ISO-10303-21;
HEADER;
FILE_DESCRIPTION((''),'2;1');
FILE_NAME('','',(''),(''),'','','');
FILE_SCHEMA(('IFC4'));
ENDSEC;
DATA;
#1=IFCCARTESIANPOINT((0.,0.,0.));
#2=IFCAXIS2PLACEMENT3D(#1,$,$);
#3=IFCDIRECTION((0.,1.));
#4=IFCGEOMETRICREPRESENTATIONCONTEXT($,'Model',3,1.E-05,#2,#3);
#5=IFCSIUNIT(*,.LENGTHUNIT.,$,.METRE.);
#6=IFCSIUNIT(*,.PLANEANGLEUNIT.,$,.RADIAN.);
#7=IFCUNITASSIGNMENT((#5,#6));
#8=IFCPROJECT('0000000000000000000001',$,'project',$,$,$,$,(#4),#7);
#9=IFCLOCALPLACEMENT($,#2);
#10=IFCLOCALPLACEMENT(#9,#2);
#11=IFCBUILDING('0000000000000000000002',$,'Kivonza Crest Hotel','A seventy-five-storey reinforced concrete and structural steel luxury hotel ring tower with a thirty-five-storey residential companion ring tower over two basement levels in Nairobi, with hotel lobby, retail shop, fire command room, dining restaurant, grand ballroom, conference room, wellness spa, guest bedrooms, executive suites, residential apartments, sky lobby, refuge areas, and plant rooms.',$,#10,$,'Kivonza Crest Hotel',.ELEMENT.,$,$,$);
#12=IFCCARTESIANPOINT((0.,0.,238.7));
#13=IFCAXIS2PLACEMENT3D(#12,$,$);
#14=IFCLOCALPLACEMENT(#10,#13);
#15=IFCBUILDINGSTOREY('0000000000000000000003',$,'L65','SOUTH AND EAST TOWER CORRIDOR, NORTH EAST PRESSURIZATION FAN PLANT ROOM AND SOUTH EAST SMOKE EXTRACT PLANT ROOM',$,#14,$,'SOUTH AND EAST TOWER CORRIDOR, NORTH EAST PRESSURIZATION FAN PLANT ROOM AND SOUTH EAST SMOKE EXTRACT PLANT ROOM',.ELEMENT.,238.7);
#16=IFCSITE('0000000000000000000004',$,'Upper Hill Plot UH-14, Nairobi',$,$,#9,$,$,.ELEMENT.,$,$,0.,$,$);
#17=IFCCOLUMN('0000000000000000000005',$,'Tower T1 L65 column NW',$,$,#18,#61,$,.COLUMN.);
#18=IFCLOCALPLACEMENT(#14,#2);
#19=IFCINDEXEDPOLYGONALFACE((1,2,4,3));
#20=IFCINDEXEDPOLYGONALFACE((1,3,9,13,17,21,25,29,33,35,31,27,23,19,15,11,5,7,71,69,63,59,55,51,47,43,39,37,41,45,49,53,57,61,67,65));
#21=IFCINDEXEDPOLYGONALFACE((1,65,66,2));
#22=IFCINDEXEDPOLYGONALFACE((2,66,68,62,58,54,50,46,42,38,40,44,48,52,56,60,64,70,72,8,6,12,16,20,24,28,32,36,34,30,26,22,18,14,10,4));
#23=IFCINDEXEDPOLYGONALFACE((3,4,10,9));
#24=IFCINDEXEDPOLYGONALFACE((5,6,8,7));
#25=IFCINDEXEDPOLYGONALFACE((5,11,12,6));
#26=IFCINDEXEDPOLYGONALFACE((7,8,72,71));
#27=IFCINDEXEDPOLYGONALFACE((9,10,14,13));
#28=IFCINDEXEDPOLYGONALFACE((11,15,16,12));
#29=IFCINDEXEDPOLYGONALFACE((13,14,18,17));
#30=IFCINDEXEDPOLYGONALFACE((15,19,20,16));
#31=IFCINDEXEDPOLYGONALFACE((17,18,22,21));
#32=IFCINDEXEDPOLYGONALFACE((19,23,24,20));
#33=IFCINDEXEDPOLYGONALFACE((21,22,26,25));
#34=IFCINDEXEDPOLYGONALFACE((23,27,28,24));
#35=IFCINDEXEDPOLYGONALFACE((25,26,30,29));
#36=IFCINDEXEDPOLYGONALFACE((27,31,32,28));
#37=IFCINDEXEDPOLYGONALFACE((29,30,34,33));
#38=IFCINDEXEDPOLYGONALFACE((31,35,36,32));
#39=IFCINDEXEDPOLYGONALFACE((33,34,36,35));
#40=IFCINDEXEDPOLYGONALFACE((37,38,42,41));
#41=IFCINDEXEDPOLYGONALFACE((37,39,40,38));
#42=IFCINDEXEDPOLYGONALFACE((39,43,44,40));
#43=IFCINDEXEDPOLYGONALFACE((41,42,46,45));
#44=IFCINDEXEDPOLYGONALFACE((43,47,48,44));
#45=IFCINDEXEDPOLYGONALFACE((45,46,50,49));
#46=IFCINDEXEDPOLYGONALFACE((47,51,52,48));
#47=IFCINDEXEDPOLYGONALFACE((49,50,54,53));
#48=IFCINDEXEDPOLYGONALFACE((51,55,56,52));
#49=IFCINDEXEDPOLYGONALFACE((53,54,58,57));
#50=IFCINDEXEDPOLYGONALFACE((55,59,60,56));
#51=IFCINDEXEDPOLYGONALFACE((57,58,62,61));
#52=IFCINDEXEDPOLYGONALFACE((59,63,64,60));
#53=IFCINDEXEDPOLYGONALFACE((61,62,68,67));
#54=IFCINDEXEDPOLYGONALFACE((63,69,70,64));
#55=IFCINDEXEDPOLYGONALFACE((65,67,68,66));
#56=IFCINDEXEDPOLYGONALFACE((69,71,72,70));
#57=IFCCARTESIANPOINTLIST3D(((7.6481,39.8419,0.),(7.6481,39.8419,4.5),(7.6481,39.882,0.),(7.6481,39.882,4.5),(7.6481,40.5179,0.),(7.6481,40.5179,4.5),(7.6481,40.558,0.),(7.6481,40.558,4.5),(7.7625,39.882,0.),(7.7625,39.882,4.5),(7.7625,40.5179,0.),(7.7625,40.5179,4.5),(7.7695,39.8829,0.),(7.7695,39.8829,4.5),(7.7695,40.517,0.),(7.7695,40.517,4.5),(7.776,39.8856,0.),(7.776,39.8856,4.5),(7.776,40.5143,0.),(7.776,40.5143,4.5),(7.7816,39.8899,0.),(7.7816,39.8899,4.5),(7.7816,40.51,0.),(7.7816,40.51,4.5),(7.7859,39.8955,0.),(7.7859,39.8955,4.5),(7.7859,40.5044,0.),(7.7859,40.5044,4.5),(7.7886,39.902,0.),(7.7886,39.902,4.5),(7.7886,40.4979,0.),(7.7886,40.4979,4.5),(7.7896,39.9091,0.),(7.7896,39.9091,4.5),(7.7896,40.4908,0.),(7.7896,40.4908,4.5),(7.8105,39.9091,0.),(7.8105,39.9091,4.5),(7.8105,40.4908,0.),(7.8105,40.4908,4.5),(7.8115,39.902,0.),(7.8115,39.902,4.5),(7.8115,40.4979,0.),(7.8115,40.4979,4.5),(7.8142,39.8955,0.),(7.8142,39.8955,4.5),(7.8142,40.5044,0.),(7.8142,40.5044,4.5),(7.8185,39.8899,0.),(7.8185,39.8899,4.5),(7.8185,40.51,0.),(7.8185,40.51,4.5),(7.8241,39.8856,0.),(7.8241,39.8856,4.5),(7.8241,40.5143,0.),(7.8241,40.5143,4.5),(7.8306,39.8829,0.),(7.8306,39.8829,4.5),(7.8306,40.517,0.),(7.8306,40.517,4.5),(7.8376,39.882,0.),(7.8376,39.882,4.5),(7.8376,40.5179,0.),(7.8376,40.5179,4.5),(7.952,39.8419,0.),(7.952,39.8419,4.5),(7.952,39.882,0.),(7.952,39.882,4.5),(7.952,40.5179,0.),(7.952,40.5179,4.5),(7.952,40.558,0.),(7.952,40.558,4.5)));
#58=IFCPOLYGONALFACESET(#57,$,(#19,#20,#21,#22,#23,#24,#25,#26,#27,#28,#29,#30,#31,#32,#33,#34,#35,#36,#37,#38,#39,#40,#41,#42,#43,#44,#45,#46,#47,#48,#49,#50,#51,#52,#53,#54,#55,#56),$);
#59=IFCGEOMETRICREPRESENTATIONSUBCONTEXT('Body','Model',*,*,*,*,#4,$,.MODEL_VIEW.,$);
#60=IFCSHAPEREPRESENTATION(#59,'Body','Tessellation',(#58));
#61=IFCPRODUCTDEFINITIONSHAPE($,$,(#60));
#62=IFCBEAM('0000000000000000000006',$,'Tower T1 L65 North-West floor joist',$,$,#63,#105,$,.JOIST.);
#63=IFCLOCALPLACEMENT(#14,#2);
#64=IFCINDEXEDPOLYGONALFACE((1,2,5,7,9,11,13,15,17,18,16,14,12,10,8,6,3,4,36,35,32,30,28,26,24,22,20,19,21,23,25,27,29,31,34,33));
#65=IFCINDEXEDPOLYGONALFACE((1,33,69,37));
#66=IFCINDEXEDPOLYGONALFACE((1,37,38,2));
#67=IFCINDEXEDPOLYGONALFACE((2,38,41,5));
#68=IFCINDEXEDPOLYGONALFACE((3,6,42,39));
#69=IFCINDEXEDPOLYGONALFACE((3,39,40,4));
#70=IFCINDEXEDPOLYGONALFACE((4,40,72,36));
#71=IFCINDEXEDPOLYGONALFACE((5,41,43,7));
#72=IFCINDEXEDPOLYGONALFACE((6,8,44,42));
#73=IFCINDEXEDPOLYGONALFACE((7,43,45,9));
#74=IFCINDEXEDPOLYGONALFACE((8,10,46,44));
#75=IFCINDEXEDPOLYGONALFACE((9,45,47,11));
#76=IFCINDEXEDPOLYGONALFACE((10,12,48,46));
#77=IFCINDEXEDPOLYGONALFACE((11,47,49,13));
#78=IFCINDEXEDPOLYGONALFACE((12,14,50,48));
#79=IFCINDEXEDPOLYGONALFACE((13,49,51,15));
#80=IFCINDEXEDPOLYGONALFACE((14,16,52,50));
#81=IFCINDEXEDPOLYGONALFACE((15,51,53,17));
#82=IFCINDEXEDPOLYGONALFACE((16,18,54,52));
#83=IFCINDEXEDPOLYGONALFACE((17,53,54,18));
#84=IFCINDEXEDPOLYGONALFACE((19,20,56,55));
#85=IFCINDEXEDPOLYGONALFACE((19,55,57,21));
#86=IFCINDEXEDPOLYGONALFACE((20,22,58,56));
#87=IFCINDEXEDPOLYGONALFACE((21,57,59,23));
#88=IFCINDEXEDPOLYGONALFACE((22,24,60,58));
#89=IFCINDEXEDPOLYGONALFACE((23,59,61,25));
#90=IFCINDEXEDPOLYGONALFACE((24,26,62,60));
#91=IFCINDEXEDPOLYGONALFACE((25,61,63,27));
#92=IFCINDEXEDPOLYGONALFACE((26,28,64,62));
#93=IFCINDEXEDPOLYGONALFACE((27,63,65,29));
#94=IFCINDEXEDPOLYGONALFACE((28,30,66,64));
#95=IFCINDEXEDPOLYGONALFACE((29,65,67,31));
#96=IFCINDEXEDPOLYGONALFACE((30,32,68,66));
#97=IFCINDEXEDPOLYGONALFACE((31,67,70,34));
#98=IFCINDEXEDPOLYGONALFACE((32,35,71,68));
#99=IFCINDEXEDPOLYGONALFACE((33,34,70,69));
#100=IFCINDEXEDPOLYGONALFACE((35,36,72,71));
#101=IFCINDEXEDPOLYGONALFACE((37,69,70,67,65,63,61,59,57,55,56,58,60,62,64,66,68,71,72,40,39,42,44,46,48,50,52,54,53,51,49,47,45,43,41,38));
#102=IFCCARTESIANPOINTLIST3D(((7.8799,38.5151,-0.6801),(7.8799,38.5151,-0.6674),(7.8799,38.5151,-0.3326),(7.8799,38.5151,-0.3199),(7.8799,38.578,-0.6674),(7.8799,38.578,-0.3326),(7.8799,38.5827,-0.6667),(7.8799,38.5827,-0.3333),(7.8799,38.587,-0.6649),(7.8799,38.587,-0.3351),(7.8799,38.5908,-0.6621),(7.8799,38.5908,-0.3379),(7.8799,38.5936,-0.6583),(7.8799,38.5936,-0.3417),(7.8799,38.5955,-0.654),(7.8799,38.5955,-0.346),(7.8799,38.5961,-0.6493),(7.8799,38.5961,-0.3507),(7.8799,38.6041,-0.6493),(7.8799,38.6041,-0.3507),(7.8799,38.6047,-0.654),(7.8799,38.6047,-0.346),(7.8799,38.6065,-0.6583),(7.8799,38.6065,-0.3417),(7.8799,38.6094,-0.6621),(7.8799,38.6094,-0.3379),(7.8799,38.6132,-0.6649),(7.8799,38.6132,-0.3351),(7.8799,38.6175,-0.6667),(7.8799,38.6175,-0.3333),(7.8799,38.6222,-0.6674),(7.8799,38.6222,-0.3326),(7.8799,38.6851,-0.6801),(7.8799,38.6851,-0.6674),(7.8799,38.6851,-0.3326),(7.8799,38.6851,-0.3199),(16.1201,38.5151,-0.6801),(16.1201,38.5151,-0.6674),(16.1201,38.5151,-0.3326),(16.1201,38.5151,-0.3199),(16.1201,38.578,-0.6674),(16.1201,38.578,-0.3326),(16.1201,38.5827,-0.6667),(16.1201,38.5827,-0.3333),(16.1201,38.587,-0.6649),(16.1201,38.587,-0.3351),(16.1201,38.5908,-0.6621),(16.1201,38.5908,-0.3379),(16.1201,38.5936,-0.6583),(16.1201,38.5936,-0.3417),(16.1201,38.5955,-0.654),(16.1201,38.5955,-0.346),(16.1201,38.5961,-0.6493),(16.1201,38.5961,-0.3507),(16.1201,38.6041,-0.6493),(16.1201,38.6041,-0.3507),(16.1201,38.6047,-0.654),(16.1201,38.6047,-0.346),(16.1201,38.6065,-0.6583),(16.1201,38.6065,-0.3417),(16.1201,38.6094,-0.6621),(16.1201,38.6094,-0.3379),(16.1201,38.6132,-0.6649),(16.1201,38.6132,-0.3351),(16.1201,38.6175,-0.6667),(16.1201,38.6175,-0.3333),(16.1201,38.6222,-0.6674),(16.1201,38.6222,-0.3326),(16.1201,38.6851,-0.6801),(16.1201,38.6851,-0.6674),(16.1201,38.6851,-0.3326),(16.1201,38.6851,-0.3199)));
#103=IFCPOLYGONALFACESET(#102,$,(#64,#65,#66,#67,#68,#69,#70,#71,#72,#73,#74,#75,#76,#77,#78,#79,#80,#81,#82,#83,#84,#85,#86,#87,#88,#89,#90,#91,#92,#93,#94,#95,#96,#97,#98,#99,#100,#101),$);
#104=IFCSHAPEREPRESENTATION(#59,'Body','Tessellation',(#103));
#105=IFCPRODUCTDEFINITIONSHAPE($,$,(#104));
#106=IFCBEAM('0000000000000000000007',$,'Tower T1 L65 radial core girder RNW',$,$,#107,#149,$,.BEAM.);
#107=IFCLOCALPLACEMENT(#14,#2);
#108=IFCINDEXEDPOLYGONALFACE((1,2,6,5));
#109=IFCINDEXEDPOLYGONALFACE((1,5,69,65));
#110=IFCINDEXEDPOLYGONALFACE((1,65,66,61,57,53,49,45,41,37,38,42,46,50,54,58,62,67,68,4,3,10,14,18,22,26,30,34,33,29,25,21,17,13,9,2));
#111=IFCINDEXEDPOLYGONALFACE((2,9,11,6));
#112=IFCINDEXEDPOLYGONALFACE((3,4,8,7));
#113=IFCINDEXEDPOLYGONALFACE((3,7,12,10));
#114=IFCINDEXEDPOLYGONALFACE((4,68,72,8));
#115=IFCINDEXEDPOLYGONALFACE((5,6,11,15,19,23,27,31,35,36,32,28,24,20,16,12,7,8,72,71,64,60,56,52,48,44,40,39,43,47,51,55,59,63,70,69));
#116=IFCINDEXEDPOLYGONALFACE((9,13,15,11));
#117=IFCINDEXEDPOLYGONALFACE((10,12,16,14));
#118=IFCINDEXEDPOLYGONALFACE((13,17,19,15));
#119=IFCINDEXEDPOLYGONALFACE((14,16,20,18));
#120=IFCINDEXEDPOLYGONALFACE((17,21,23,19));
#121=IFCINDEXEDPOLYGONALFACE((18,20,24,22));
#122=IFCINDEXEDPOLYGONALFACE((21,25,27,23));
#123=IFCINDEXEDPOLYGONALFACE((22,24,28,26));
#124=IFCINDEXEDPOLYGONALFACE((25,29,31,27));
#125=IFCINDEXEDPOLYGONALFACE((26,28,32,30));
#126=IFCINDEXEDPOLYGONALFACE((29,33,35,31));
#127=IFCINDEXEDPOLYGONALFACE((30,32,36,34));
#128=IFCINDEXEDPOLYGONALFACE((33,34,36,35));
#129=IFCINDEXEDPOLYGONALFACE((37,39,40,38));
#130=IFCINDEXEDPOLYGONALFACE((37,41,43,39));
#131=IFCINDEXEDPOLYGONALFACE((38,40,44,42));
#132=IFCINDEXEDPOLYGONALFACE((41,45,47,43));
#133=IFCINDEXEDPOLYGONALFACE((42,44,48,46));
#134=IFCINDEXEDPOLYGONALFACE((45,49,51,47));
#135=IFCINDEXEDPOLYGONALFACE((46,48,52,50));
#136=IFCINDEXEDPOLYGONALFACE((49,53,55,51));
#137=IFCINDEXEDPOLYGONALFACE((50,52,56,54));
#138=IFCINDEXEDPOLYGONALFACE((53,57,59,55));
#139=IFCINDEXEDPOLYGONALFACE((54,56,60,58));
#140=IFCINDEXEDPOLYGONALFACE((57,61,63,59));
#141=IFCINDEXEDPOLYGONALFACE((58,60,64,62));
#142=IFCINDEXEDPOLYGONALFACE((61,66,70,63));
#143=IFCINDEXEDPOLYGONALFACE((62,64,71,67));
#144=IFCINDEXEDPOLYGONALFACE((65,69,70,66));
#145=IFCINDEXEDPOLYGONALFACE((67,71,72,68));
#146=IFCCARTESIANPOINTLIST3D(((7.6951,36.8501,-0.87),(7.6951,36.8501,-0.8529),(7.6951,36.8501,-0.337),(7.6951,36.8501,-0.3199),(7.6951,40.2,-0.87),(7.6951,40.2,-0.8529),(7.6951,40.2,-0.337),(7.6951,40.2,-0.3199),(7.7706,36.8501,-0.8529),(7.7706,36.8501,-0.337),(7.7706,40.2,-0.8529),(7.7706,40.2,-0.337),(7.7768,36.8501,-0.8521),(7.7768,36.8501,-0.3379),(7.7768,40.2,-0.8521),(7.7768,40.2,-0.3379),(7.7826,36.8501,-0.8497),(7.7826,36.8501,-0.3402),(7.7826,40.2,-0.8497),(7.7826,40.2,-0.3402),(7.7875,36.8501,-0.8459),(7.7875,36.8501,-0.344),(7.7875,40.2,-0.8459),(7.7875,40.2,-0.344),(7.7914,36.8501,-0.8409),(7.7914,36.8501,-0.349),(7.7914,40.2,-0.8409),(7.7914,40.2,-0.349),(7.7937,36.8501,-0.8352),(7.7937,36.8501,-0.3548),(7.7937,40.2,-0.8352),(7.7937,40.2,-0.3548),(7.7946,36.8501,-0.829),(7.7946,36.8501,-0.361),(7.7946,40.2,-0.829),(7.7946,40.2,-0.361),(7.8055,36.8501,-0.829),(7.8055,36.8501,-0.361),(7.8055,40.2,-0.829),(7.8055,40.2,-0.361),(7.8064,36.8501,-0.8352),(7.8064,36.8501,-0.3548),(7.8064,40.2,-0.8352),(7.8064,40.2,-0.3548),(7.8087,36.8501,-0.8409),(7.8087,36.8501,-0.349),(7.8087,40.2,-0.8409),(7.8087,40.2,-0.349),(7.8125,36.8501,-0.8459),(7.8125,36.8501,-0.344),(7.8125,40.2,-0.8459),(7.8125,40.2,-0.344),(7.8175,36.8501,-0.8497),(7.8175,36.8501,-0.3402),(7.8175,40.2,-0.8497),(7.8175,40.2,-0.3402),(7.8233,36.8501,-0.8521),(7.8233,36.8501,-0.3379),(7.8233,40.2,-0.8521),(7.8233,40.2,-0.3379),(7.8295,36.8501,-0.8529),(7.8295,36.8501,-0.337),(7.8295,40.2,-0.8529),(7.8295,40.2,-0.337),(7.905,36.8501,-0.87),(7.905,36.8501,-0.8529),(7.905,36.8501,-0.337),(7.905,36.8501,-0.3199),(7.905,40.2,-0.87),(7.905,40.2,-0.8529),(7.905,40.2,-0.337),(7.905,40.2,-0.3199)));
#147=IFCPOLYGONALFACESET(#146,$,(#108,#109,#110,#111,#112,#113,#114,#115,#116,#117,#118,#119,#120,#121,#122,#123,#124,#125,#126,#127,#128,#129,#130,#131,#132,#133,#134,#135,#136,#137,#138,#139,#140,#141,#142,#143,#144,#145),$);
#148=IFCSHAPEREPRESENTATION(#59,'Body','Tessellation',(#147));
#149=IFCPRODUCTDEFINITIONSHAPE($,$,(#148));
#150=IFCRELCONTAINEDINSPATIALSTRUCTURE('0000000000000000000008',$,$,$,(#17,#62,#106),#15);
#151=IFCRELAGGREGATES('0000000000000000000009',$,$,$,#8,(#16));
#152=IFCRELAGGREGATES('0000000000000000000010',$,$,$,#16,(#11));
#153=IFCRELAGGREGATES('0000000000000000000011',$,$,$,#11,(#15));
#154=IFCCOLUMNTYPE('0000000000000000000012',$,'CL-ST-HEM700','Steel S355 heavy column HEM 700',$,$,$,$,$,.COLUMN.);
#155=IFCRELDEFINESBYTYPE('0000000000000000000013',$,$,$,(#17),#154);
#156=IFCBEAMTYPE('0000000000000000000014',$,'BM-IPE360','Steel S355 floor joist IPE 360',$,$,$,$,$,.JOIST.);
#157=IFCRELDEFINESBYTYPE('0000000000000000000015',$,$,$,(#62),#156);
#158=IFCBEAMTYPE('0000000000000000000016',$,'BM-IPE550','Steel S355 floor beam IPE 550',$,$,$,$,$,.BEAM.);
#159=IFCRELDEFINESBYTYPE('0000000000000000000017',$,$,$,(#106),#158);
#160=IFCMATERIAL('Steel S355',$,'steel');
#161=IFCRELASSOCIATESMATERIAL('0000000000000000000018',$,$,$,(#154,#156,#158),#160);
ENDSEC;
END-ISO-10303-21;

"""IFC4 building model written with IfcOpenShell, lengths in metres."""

from ifc_helpers import new_model, si_unit, direction, frame, origin, origin_2d, place, context, subcontext, project, spatial, i_section, extrude, material, material_profile, profile_set, type_object, element, save


model = new_model("IFC4")

# Units and contexts
model_context = context("Model", 3, precision=1e-05, world=origin(), true_north=direction((0.0, 1.0)))
body_context = subcontext(model_context, "Body", "Model", "MODEL_VIEW")
ifc_project = project(units=[si_unit("LENGTHUNIT", "METRE"), si_unit("PLANEANGLEUNIT", "RADIAN")], contexts=[model_context])

# Site, building, storey
site_placement = place(None, origin())
site = spatial("IfcSite", under=ifc_project, at=site_placement, Name="Upper Hill Plot UH-14, Nairobi", CompositionType="ELEMENT", RefElevation=0.0)
building_placement = place(site_placement, origin())
building = spatial("IfcBuilding", under=site, at=building_placement, Name="Kivonza Crest Hotel", Description="A seventy-five-storey reinforced concrete and structural steel luxury hotel ring tower with a thirty-five-storey residential companion ring tower over two basement levels in Nairobi, with hotel lobby, retail shop, fire command room, dining restaurant, grand ballroom, conference room, wellness spa, guest bedrooms, executive suites, residential apartments, sky lobby, refuge areas, and plant rooms.", LongName="Kivonza Crest Hotel", CompositionType="ELEMENT")
storey_placement = place(building_placement, frame((0.0, 0.0, 238.7)))
storey = spatial("IfcBuildingStorey", under=building, at=storey_placement, Name="L65", Description="SOUTH AND EAST TOWER CORRIDOR, NORTH EAST PRESSURIZATION FAN PLANT ROOM AND SOUTH EAST SMOKE EXTRACT PLANT ROOM", LongName="SOUTH AND EAST TOWER CORRIDOR, NORTH EAST PRESSURIZATION FAN PLANT ROOM AND SOUTH EAST SMOKE EXTRACT PLANT ROOM", CompositionType="ELEMENT", Elevation=238.7)

# Column
ifc_material_1 = material(Name="Steel S355", Category="steel")
ifc_material_profile_1 = material_profile(ifc_material_1, i_section(OverallWidth=0.304, OverallDepth=0.7161, WebThickness=0.021, FlangeThickness=0.04, FilletRadius=0.0271, at=origin_2d()), Name="HEM 700")
ifc_profile_set_1 = profile_set([ifc_material_profile_1], Name="Steel S355")
column_type = type_object("IfcColumnType", Name="CL-ST-HEM700", Description="Steel S355 heavy column HEM 700", PredefinedType="COLUMN", material=ifc_profile_set_1)
column_placement = place(storey_placement, frame((7.8, 40.2, 0.0), z_axis=(0.0, 0.0, 1.0), x_axis=(1.0, 0.0, 0.0)))
element("IfcColumn", 1, at=column_placement, inside=storey, type_object=column_type, Name="Tower T1 L65 column NW", PredefinedType="COLUMN", context=body_context, shape_type="SweptSolid", body=[
    extrude(i_section(OverallWidth=0.304, OverallDepth=0.7161, WebThickness=0.021, FlangeThickness=0.04, FilletRadius=0.0271, at=origin_2d()), origin(), (0.0, 0.0, 1.0), 4.5),
])

# Beams
ifc_material_profile_2 = material_profile(ifc_material_1, i_section(OverallWidth=0.1699, OverallDepth=0.3601, WebThickness=0.0081, FlangeThickness=0.0127, FilletRadius=0.0181, at=origin_2d()), Name="IPE 360")
ifc_profile_set_2 = profile_set([ifc_material_profile_2], Name="Steel S355")
beam_type_1 = type_object("IfcBeamType", Name="BM-IPE360", Description="Steel S355 floor joist IPE 360", PredefinedType="JOIST", material=ifc_profile_set_2)
beam_1_placement = place(storey_placement, frame((7.8799, 38.6001, -0.5), z_axis=(1.0, 0.0, 0.0), x_axis=(0.0, 1.0, 0.0)))
element("IfcBeam", 2, at=beam_1_placement, inside=storey, type_object=beam_type_1, Name="Tower T1 L65 North-West floor joist", PredefinedType="JOIST", context=body_context, shape_type="SweptSolid", body=[
    extrude(i_section(OverallWidth=0.1699, OverallDepth=0.3601, WebThickness=0.0081, FlangeThickness=0.0127, FilletRadius=0.0181, at=origin_2d()), origin(), (0.0, 0.0, 1.0), 8.2402),
])
ifc_material_profile_3 = material_profile(ifc_material_1, i_section(OverallWidth=0.21, OverallDepth=0.55, WebThickness=0.011, FlangeThickness=0.0171, FilletRadius=0.0239, at=origin_2d()), Name="IPE 550")
ifc_profile_set_3 = profile_set([ifc_material_profile_3], Name="Steel S355")
beam_type_2 = type_object("IfcBeamType", Name="BM-IPE550", Description="Steel S355 floor beam IPE 550", PredefinedType="BEAM", material=ifc_profile_set_3)
beam_2_placement = place(storey_placement, frame((7.8, 40.2, -0.595), z_axis=(0.0, -1.0, 0.0), x_axis=(1.0, 0.0, 0.0)))
element("IfcBeam", 3, at=beam_2_placement, inside=storey, type_object=beam_type_2, Name="Tower T1 L65 radial core girder RNW", PredefinedType="BEAM", context=body_context, shape_type="SweptSolid", body=[
    extrude(i_section(OverallWidth=0.21, OverallDepth=0.55, WebThickness=0.011, FlangeThickness=0.0171, FilletRadius=0.0239, at=origin_2d()), origin(), (0.0, 0.0, 1.0), 3.3499),
])

save(model, "model.ifc")
